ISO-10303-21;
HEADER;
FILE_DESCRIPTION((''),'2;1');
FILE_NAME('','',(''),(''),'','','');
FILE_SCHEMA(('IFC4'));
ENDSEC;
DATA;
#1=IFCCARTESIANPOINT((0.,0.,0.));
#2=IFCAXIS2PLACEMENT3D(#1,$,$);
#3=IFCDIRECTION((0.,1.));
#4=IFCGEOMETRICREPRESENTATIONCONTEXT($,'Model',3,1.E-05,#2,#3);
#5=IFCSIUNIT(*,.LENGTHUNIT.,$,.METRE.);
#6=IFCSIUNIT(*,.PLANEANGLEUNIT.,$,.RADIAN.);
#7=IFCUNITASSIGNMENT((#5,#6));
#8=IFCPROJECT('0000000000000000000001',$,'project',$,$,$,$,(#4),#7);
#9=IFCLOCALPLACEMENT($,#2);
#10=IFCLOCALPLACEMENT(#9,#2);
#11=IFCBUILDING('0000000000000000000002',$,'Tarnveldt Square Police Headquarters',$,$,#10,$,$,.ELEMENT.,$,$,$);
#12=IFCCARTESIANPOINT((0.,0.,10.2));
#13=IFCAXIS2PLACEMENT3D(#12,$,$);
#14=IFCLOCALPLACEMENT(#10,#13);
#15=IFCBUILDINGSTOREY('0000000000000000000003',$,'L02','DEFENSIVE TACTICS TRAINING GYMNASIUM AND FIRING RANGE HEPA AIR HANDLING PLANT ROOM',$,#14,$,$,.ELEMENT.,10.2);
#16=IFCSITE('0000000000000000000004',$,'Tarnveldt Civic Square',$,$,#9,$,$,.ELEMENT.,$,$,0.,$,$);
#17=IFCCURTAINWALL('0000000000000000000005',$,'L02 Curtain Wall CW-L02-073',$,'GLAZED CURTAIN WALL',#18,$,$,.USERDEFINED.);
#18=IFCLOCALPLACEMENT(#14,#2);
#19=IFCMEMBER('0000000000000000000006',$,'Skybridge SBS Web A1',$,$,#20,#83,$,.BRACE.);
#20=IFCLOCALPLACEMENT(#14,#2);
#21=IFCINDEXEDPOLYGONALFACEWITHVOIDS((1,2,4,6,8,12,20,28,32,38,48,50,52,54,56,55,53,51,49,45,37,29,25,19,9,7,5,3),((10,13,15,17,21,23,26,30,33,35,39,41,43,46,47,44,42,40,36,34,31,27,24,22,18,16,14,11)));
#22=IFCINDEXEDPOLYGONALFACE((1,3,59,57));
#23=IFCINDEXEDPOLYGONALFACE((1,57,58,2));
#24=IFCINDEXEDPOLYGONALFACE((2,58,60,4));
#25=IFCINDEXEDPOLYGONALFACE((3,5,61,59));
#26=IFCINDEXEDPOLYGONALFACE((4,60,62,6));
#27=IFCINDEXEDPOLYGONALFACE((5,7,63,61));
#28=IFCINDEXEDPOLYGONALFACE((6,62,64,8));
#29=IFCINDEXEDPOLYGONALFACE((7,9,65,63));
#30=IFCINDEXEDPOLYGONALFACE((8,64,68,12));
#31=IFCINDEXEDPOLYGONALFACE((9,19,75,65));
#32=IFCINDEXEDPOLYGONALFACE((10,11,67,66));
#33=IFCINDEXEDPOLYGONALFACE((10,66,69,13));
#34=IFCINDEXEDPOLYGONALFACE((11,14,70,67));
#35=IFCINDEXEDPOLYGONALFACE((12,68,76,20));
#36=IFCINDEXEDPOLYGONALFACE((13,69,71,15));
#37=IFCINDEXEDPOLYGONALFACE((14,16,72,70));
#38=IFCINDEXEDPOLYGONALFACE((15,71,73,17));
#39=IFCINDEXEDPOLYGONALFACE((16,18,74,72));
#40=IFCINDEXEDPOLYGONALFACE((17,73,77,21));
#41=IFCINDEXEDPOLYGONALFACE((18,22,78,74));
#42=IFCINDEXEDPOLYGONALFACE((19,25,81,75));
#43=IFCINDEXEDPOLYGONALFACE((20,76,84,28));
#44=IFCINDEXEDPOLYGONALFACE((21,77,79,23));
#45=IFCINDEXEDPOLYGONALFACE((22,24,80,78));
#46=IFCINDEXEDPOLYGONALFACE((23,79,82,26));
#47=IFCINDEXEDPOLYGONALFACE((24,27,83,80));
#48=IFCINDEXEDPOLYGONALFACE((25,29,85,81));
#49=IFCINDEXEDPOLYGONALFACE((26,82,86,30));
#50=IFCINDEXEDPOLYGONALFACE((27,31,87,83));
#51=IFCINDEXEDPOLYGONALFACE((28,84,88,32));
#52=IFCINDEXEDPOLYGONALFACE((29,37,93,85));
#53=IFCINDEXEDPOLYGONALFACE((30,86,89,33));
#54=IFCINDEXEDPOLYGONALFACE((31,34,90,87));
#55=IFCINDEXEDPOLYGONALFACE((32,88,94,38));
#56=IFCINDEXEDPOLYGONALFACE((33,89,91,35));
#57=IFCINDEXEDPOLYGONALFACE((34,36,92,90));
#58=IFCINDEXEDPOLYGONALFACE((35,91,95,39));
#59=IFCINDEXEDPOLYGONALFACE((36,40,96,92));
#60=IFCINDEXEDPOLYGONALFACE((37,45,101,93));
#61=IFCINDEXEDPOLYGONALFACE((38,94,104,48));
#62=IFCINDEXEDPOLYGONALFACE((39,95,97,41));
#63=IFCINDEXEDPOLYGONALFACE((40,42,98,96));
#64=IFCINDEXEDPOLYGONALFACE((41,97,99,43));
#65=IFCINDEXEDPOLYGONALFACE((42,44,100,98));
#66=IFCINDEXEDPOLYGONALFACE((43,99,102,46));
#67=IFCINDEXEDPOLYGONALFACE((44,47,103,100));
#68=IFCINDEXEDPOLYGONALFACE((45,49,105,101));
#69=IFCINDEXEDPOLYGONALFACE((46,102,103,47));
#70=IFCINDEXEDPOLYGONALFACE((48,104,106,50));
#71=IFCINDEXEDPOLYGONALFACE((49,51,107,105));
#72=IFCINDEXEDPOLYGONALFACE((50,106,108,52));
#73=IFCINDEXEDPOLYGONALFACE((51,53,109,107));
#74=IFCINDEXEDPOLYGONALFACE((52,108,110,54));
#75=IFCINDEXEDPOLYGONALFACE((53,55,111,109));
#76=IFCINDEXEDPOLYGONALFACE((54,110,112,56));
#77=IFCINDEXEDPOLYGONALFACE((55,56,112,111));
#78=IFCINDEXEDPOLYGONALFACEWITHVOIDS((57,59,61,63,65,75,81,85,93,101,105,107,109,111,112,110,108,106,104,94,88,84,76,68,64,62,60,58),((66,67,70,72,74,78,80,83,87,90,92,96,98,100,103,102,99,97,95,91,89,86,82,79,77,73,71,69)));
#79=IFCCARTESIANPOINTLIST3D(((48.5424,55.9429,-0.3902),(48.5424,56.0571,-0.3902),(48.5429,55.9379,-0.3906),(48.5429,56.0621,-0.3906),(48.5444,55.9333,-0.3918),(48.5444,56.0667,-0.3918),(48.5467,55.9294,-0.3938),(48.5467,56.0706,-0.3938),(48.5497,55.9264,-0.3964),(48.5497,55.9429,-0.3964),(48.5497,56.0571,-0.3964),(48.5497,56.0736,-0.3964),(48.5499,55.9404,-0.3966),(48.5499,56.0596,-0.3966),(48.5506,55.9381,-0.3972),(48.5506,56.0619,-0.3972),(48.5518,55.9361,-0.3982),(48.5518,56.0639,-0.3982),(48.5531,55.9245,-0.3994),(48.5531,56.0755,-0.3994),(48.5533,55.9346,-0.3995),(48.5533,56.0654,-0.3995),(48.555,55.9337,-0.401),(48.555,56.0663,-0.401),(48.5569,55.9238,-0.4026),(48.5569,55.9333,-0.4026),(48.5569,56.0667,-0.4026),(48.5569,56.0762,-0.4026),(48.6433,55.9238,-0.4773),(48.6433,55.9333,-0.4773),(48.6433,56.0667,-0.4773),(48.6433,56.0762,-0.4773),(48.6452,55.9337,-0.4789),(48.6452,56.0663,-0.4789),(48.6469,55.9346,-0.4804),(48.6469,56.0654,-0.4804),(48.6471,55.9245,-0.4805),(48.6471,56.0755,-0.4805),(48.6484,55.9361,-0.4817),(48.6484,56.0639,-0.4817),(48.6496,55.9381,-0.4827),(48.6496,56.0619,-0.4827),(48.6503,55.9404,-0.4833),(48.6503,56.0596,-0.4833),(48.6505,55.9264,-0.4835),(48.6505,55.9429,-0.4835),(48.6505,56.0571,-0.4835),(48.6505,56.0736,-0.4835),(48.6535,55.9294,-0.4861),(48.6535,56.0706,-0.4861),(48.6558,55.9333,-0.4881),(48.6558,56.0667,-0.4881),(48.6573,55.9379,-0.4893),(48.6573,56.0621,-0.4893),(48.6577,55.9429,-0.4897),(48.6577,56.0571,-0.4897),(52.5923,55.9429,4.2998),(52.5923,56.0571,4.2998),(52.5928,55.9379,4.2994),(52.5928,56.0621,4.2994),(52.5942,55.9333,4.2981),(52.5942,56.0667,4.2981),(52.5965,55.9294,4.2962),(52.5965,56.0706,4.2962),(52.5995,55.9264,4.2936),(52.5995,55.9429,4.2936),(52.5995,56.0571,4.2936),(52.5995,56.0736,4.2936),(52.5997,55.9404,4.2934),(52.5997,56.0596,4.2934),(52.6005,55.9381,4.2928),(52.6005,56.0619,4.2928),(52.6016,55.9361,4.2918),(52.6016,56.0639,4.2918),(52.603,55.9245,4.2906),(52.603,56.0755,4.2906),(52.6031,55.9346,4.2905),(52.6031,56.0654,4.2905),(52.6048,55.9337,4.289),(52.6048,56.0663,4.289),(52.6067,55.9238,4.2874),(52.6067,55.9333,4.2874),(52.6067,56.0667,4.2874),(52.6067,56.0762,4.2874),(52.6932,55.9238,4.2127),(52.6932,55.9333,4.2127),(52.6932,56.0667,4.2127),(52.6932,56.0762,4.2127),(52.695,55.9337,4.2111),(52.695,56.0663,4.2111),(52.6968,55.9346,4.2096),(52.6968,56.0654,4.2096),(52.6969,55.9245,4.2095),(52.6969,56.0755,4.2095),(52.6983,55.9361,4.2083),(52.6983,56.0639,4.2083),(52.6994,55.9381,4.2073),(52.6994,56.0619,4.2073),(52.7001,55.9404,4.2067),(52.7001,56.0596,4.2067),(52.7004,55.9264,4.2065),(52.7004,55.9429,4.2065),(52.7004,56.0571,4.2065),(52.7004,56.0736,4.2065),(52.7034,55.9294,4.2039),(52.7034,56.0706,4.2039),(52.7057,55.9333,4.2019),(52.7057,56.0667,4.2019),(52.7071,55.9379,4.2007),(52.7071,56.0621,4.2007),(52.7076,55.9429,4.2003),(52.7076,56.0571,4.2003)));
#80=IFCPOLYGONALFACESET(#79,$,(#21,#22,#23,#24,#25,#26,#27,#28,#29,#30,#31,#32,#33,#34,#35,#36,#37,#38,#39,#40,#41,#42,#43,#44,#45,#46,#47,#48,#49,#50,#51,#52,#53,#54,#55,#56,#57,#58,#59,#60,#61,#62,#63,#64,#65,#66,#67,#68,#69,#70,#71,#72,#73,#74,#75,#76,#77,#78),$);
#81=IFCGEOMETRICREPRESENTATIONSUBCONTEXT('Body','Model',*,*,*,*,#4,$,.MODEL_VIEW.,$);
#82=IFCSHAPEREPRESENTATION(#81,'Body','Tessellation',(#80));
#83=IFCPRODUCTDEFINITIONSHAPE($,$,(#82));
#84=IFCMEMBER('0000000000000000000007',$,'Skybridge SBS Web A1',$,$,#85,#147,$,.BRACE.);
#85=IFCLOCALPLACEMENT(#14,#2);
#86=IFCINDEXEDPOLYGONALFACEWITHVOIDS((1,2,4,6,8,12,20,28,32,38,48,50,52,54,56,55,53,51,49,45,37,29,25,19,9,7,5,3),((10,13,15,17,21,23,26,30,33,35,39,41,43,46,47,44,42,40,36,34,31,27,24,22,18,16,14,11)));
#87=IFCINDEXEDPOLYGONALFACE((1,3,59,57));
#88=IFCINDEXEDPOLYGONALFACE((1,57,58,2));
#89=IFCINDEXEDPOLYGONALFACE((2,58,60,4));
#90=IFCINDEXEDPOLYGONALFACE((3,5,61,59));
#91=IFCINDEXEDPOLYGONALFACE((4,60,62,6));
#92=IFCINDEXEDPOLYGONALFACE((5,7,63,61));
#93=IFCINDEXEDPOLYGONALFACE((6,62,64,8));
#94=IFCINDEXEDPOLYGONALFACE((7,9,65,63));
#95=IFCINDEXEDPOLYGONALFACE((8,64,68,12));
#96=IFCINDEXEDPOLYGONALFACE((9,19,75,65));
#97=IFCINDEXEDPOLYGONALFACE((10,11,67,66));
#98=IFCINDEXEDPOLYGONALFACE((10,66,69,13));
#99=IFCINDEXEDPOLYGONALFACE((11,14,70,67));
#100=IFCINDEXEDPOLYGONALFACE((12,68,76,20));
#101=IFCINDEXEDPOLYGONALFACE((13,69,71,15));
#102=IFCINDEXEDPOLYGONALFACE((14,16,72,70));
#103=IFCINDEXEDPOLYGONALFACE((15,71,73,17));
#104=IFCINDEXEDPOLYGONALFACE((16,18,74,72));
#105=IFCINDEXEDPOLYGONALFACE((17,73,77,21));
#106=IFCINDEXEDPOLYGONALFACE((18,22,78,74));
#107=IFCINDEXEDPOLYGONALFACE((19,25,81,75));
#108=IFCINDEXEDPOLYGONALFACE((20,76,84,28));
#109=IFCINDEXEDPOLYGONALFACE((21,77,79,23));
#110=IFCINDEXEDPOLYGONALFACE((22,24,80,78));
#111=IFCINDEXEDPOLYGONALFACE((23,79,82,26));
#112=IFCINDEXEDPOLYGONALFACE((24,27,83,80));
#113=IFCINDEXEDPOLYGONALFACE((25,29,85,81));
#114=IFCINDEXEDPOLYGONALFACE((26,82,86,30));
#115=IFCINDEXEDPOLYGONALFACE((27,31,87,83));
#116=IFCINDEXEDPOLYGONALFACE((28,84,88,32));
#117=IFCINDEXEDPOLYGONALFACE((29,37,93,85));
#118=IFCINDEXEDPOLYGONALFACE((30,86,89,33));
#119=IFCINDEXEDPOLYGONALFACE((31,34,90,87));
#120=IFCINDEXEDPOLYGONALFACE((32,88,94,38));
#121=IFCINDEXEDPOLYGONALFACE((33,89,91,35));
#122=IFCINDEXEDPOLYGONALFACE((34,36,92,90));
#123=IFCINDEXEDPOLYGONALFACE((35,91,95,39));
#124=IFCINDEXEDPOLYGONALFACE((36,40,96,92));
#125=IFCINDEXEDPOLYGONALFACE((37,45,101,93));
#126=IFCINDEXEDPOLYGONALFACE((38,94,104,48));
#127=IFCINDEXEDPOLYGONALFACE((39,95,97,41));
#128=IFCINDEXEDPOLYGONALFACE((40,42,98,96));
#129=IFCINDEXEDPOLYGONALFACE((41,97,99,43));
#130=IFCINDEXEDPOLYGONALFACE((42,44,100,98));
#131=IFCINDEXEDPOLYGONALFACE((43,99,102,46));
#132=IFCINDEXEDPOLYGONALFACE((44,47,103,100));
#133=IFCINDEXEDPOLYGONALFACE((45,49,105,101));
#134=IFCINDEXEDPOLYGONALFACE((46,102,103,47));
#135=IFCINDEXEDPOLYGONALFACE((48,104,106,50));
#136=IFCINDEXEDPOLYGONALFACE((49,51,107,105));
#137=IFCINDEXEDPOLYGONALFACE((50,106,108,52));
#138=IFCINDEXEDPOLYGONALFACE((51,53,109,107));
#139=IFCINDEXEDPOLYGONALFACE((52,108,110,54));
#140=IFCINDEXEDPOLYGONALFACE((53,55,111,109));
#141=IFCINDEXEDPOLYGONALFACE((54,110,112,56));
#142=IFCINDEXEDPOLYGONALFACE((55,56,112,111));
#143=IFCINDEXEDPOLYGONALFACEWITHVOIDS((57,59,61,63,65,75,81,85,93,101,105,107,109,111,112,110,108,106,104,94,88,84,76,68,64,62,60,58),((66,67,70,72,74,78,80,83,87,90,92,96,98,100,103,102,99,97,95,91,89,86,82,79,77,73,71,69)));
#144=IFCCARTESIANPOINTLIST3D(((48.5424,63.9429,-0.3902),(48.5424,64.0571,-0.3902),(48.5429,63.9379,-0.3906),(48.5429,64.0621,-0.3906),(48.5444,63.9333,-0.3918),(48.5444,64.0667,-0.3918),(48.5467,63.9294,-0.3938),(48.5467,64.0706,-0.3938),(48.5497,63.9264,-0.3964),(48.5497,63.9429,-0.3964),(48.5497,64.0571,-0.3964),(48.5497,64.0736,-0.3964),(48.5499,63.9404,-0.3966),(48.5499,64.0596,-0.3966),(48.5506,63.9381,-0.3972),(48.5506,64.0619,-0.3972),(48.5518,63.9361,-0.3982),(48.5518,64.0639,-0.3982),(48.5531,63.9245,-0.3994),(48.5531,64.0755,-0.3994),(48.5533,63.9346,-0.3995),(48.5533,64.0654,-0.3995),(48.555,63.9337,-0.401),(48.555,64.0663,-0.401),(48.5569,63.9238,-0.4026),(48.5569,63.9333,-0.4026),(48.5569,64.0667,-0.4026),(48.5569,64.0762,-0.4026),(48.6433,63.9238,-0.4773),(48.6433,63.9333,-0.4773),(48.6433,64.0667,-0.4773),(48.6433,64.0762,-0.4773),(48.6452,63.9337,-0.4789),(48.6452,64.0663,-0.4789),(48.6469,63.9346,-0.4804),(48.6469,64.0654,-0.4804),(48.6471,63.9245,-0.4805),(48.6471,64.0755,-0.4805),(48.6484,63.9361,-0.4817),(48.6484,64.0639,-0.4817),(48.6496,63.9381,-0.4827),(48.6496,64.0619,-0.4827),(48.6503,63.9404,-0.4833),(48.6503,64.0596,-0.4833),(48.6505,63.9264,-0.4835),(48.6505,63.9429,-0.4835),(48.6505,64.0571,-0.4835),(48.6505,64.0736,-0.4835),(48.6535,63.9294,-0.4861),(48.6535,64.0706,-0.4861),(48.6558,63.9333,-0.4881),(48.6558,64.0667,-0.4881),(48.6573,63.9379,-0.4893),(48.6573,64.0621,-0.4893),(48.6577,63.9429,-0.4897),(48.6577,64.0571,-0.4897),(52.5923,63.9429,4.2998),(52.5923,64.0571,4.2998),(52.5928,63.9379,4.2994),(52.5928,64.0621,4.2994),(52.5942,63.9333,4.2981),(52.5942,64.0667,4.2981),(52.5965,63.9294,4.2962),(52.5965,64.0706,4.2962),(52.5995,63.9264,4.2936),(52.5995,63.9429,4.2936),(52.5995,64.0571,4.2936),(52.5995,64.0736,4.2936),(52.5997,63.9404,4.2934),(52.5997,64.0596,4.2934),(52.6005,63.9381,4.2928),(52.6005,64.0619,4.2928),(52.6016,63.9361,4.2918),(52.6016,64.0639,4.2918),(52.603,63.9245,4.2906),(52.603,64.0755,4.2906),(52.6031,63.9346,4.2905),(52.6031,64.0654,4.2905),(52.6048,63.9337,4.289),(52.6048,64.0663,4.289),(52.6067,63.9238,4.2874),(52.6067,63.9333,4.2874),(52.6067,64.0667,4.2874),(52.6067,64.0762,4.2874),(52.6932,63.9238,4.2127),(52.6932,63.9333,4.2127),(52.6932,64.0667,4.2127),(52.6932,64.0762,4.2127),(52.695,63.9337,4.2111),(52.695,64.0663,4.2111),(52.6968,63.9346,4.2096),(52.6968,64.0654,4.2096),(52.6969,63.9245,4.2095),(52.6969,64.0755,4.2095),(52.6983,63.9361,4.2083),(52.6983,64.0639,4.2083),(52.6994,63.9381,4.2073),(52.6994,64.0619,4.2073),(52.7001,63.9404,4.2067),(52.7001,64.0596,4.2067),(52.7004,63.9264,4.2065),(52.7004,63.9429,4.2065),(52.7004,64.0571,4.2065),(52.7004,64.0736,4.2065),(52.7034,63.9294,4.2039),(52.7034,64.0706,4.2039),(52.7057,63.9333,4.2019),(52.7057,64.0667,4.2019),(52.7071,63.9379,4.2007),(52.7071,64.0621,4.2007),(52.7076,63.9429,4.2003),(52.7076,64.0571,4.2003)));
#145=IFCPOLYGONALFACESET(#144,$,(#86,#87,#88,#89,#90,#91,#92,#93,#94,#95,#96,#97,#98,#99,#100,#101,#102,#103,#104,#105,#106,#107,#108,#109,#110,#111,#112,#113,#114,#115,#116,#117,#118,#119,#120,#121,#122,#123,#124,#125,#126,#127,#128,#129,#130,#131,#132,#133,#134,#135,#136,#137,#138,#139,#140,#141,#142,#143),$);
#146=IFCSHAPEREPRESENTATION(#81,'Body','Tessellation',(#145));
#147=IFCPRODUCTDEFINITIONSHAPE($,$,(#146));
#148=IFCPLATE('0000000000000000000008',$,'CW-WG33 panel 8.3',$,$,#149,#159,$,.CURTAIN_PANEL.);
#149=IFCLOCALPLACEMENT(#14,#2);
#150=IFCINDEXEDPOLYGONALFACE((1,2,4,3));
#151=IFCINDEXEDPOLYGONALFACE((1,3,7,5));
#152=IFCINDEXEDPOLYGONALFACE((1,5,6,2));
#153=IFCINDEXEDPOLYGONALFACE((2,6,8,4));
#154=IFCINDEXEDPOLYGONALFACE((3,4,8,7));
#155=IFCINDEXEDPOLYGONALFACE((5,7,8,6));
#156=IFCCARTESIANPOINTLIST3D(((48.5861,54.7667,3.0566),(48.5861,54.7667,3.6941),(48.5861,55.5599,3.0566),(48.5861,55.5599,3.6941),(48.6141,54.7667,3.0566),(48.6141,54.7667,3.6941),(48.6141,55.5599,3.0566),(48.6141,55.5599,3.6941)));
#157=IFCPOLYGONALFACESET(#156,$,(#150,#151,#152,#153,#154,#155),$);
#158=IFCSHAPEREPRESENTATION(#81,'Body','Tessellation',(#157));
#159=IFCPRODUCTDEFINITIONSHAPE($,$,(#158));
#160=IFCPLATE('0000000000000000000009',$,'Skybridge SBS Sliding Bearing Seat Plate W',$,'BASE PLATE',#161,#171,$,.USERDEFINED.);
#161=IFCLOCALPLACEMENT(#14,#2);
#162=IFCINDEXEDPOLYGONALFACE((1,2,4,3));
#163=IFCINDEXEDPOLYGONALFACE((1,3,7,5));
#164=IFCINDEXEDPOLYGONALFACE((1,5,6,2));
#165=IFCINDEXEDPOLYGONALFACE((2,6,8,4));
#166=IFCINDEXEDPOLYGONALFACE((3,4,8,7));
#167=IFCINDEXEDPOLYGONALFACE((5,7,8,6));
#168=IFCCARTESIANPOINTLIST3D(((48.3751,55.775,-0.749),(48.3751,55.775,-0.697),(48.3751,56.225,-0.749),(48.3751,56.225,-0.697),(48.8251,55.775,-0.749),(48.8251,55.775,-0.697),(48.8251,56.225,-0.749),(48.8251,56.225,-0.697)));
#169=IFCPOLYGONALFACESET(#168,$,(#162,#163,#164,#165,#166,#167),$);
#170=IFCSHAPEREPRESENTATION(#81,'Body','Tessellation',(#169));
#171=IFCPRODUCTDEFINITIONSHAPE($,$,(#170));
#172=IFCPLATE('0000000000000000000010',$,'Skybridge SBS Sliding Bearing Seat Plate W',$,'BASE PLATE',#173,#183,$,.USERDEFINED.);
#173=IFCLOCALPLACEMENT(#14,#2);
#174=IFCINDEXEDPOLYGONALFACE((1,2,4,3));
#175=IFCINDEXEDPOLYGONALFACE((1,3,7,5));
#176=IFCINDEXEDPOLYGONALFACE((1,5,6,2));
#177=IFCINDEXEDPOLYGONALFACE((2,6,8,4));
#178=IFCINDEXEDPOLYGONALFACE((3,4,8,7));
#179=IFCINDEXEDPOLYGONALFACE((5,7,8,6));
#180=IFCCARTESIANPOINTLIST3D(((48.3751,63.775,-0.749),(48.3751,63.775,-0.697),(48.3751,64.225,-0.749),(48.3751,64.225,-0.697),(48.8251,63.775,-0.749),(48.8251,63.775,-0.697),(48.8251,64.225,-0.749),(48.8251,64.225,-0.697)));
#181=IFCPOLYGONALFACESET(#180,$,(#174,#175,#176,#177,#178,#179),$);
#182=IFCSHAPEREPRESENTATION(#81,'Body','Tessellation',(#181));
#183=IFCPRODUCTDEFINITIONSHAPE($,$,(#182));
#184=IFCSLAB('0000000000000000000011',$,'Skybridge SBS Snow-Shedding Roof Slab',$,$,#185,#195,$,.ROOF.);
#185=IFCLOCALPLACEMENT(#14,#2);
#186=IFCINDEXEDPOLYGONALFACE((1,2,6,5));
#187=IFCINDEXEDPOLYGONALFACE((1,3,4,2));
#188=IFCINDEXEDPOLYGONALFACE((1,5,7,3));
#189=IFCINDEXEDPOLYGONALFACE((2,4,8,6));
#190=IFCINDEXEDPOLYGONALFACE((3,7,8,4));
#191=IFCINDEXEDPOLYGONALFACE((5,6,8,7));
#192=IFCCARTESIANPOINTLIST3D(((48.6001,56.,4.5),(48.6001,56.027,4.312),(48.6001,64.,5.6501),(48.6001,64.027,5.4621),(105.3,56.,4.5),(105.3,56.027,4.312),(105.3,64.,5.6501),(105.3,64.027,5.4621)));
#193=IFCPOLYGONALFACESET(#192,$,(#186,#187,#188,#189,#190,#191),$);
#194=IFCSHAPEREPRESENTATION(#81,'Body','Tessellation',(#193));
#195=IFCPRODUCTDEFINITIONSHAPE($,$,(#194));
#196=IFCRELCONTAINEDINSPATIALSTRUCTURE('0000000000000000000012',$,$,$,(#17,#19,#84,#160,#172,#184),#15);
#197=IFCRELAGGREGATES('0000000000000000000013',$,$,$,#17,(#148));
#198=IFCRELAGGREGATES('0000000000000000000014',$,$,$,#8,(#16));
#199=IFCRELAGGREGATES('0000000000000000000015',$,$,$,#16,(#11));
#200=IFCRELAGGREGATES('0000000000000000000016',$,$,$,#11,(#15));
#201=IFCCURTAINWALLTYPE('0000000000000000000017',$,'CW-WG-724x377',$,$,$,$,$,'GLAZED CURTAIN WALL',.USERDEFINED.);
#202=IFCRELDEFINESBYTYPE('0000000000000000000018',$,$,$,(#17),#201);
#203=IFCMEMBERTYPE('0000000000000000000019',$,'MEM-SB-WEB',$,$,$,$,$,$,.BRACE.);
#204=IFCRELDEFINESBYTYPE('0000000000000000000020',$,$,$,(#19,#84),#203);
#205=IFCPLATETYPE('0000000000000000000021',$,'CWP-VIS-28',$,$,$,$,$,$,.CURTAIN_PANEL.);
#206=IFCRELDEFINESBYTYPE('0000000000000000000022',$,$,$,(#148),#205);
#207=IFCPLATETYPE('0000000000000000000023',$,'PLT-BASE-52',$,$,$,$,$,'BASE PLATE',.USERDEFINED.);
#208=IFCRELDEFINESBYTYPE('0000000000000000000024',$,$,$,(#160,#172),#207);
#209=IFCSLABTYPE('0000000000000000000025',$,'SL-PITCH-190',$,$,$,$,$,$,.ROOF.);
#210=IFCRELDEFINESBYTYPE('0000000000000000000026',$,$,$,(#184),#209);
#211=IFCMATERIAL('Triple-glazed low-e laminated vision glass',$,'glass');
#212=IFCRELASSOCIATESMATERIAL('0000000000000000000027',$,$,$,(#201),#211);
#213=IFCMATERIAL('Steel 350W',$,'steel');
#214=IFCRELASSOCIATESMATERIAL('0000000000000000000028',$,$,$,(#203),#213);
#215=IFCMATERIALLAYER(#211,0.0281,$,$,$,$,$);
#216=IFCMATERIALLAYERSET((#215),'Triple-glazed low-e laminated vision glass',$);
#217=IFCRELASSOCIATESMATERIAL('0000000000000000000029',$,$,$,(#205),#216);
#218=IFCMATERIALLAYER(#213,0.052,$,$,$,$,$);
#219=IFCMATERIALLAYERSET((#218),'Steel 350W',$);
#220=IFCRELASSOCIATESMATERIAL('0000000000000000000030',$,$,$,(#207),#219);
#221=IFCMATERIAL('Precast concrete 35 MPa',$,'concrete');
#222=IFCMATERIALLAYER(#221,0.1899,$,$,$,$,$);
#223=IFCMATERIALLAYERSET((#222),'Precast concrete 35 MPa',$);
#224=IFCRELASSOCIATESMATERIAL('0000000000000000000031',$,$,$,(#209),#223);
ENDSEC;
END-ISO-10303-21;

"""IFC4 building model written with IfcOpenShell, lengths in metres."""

from ifc_helpers import new_model, si_unit, direction, frame, origin, origin_2d, place, context, subcontext, project, spatial, polyline, rectangle, hollow_rectangle, outline, extrude, material, layer, layer_set, material_profile, profile_set, type_object, element, aggregate, save


model = new_model("IFC4")

# Units and contexts
model_context = context("Model", 3, precision=1e-05, world=origin(), true_north=direction((0.0, 1.0)))
body_context = subcontext(model_context, "Body", "Model", "MODEL_VIEW")
ifc_project = project(units=[si_unit("LENGTHUNIT", "METRE"), si_unit("PLANEANGLEUNIT", "RADIAN")], contexts=[model_context])

# Site, building, storey
site_placement = place(None, origin())
site = spatial("IfcSite", under=ifc_project, at=site_placement, Name="Tarnveldt Civic Square", CompositionType="ELEMENT", RefElevation=0.0)
building_placement = place(site_placement, origin())
building = spatial("IfcBuilding", under=site, at=building_placement, Name="Tarnveldt Square Police Headquarters", CompositionType="ELEMENT")
storey_placement = place(building_placement, frame((0.0, 0.0, 10.2)))
storey = spatial("IfcBuildingStorey", under=building, at=storey_placement, Name="L02", Description="DEFENSIVE TACTICS TRAINING GYMNASIUM AND FIRING RANGE HEPA AIR HANDLING PLANT ROOM", CompositionType="ELEMENT", Elevation=10.2)

# Shared definitions
ifc_material_1 = material(Name="Steel 350W", Category="steel")

# Curtain wall
ifc_material_2 = material(Name="Triple-glazed low-e laminated vision glass", Category="glass")
curtain_wall_type_1 = type_object("IfcCurtainWallType", Name="CW-WG-724x377", ElementType="GLAZED CURTAIN WALL", PredefinedType="USERDEFINED", material=ifc_material_2)
curtain_wall_1_placement = place(storey_placement, origin())
curtain_wall_1 = element("IfcCurtainWall", 1, at=curtain_wall_1_placement, inside=storey, type_object=curtain_wall_type_1, Name="L02 Curtain Wall CW-L02-073", ObjectType="GLAZED CURTAIN WALL", PredefinedType="USERDEFINED")

# Members
ifc_material_profile_1 = material_profile(ifc_material_1, hollow_rectangle(XDim=0.1523, YDim=0.1523, WallThickness=0.0095, InnerFilletRadius=0.0095, OuterFilletRadius=0.019, at=origin_2d()), Name="HSS152x152x9.5")
ifc_profile_set_1 = profile_set([ifc_material_profile_1], Name="Steel 350W")
member_type_1 = type_object("IfcMemberType", Name="MEM-SB-WEB", PredefinedType="BRACE", material=ifc_profile_set_1)
for number, where, z_axis, x_axis, name in (
    (2, (48.6001, 56.0, -0.4399), (0.653564, 0.0, 0.756871), (0.0, 1.0, 0.0), "Skybridge SBS Web A1"),
    (3, (48.6001, 64.0, -0.4399), (0.653564, 0.0, 0.756871), (0.0, 1.0, 0.0), "Skybridge SBS Web A1"),
):
    element("IfcMember", number, at=place(storey_placement, frame(where, z_axis=z_axis, x_axis=x_axis)), inside=storey, type_object=member_type_1, Name=name, PredefinedType="BRACE", context=body_context, shape_type="SweptSolid", body=[
        extrude(hollow_rectangle(XDim=0.1523, YDim=0.1523, WallThickness=0.0095, InnerFilletRadius=0.0095, OuterFilletRadius=0.019, at=origin_2d()), origin(), (0.0, 0.0, 1.0), 6.1965),
    ])

# Plate
ifc_layer_1 = layer(ifc_material_2, 0.0281)
ifc_layer_set_1 = layer_set([ifc_layer_1], Name="Triple-glazed low-e laminated vision glass")
plate_type_1 = type_object("IfcPlateType", Name="CWP-VIS-28", PredefinedType="CURTAIN_PANEL", material=ifc_layer_set_1)
plate_placement = place(storey_placement, frame((48.6001, 55.1633, 3.0566), z_axis=(0.0, 0.0, 1.0), x_axis=(0.0, 1.0, 0.0)))
plate = element("IfcPlate", 4, at=plate_placement, type_object=plate_type_1, Name="CW-WG33 panel 8.3", PredefinedType="CURTAIN_PANEL", context=body_context, shape_type="SweptSolid", body=[
    extrude(rectangle(XDim=0.7932, YDim=0.0281, at=origin_2d()), origin(), (0.0, 0.0, 1.0), 0.6375),
])
aggregate(curtain_wall_1, [plate])

# Plates
ifc_layer_2 = layer(ifc_material_1, 0.052)
ifc_layer_set_2 = layer_set([ifc_layer_2], Name="Steel 350W")
plate_type_2 = type_object("IfcPlateType", Name="PLT-BASE-52", ElementType="BASE PLATE", PredefinedType="USERDEFINED", material=ifc_layer_set_2)
for number, where, z_axis, x_axis, name in (
    (5, (48.6001, 56.0, -0.749), (0.0, 0.0, 1.0), (1.0, 0.0, 0.0), "Skybridge SBS Sliding Bearing Seat Plate W"),
    (6, (48.6001, 64.0, -0.749), (0.0, 0.0, 1.0), (1.0, 0.0, 0.0), "Skybridge SBS Sliding Bearing Seat Plate W"),
):
    element("IfcPlate", number, at=place(storey_placement, frame(where, z_axis=z_axis, x_axis=x_axis)), inside=storey, type_object=plate_type_2, Name=name, ObjectType="BASE PLATE", PredefinedType="USERDEFINED", context=body_context, shape_type="SweptSolid", body=[
        extrude(rectangle(XDim=0.45, YDim=0.45, at=origin_2d()), origin(), (0.0, 0.0, 1.0), 0.052),
    ])

# Slab
ifc_material_3 = material(Name="Precast concrete 35 MPa", Category="concrete")
ifc_layer_3 = layer(ifc_material_3, 0.1899)
ifc_layer_set_3 = layer_set([ifc_layer_3], Name="Precast concrete 35 MPa")
slab_type = type_object("IfcSlabType", Name="SL-PITCH-190", PredefinedType="ROOF", material=ifc_layer_set_3)
slab_placement = place(storey_placement, frame((48.6001, 56.0, 4.5), z_axis=(0.0, -0.142305, 0.989823), x_axis=(1.0, 0.0, 0.0)))
element("IfcSlab", 7, at=slab_placement, inside=storey, type_object=slab_type, Name="Skybridge SBS Snow-Shedding Roof Slab", PredefinedType="ROOF", context=body_context, shape_type="SweptSolid", body=[
    extrude(outline(polyline([(0.0, 0.0), (56.7, 0.0), (56.7, 8.0823), (0.0, 8.0823), (0.0, 0.0)])), origin(), (0.0, 0.0, -1.0), 0.1899),
])

save(model, "model.ifc")
